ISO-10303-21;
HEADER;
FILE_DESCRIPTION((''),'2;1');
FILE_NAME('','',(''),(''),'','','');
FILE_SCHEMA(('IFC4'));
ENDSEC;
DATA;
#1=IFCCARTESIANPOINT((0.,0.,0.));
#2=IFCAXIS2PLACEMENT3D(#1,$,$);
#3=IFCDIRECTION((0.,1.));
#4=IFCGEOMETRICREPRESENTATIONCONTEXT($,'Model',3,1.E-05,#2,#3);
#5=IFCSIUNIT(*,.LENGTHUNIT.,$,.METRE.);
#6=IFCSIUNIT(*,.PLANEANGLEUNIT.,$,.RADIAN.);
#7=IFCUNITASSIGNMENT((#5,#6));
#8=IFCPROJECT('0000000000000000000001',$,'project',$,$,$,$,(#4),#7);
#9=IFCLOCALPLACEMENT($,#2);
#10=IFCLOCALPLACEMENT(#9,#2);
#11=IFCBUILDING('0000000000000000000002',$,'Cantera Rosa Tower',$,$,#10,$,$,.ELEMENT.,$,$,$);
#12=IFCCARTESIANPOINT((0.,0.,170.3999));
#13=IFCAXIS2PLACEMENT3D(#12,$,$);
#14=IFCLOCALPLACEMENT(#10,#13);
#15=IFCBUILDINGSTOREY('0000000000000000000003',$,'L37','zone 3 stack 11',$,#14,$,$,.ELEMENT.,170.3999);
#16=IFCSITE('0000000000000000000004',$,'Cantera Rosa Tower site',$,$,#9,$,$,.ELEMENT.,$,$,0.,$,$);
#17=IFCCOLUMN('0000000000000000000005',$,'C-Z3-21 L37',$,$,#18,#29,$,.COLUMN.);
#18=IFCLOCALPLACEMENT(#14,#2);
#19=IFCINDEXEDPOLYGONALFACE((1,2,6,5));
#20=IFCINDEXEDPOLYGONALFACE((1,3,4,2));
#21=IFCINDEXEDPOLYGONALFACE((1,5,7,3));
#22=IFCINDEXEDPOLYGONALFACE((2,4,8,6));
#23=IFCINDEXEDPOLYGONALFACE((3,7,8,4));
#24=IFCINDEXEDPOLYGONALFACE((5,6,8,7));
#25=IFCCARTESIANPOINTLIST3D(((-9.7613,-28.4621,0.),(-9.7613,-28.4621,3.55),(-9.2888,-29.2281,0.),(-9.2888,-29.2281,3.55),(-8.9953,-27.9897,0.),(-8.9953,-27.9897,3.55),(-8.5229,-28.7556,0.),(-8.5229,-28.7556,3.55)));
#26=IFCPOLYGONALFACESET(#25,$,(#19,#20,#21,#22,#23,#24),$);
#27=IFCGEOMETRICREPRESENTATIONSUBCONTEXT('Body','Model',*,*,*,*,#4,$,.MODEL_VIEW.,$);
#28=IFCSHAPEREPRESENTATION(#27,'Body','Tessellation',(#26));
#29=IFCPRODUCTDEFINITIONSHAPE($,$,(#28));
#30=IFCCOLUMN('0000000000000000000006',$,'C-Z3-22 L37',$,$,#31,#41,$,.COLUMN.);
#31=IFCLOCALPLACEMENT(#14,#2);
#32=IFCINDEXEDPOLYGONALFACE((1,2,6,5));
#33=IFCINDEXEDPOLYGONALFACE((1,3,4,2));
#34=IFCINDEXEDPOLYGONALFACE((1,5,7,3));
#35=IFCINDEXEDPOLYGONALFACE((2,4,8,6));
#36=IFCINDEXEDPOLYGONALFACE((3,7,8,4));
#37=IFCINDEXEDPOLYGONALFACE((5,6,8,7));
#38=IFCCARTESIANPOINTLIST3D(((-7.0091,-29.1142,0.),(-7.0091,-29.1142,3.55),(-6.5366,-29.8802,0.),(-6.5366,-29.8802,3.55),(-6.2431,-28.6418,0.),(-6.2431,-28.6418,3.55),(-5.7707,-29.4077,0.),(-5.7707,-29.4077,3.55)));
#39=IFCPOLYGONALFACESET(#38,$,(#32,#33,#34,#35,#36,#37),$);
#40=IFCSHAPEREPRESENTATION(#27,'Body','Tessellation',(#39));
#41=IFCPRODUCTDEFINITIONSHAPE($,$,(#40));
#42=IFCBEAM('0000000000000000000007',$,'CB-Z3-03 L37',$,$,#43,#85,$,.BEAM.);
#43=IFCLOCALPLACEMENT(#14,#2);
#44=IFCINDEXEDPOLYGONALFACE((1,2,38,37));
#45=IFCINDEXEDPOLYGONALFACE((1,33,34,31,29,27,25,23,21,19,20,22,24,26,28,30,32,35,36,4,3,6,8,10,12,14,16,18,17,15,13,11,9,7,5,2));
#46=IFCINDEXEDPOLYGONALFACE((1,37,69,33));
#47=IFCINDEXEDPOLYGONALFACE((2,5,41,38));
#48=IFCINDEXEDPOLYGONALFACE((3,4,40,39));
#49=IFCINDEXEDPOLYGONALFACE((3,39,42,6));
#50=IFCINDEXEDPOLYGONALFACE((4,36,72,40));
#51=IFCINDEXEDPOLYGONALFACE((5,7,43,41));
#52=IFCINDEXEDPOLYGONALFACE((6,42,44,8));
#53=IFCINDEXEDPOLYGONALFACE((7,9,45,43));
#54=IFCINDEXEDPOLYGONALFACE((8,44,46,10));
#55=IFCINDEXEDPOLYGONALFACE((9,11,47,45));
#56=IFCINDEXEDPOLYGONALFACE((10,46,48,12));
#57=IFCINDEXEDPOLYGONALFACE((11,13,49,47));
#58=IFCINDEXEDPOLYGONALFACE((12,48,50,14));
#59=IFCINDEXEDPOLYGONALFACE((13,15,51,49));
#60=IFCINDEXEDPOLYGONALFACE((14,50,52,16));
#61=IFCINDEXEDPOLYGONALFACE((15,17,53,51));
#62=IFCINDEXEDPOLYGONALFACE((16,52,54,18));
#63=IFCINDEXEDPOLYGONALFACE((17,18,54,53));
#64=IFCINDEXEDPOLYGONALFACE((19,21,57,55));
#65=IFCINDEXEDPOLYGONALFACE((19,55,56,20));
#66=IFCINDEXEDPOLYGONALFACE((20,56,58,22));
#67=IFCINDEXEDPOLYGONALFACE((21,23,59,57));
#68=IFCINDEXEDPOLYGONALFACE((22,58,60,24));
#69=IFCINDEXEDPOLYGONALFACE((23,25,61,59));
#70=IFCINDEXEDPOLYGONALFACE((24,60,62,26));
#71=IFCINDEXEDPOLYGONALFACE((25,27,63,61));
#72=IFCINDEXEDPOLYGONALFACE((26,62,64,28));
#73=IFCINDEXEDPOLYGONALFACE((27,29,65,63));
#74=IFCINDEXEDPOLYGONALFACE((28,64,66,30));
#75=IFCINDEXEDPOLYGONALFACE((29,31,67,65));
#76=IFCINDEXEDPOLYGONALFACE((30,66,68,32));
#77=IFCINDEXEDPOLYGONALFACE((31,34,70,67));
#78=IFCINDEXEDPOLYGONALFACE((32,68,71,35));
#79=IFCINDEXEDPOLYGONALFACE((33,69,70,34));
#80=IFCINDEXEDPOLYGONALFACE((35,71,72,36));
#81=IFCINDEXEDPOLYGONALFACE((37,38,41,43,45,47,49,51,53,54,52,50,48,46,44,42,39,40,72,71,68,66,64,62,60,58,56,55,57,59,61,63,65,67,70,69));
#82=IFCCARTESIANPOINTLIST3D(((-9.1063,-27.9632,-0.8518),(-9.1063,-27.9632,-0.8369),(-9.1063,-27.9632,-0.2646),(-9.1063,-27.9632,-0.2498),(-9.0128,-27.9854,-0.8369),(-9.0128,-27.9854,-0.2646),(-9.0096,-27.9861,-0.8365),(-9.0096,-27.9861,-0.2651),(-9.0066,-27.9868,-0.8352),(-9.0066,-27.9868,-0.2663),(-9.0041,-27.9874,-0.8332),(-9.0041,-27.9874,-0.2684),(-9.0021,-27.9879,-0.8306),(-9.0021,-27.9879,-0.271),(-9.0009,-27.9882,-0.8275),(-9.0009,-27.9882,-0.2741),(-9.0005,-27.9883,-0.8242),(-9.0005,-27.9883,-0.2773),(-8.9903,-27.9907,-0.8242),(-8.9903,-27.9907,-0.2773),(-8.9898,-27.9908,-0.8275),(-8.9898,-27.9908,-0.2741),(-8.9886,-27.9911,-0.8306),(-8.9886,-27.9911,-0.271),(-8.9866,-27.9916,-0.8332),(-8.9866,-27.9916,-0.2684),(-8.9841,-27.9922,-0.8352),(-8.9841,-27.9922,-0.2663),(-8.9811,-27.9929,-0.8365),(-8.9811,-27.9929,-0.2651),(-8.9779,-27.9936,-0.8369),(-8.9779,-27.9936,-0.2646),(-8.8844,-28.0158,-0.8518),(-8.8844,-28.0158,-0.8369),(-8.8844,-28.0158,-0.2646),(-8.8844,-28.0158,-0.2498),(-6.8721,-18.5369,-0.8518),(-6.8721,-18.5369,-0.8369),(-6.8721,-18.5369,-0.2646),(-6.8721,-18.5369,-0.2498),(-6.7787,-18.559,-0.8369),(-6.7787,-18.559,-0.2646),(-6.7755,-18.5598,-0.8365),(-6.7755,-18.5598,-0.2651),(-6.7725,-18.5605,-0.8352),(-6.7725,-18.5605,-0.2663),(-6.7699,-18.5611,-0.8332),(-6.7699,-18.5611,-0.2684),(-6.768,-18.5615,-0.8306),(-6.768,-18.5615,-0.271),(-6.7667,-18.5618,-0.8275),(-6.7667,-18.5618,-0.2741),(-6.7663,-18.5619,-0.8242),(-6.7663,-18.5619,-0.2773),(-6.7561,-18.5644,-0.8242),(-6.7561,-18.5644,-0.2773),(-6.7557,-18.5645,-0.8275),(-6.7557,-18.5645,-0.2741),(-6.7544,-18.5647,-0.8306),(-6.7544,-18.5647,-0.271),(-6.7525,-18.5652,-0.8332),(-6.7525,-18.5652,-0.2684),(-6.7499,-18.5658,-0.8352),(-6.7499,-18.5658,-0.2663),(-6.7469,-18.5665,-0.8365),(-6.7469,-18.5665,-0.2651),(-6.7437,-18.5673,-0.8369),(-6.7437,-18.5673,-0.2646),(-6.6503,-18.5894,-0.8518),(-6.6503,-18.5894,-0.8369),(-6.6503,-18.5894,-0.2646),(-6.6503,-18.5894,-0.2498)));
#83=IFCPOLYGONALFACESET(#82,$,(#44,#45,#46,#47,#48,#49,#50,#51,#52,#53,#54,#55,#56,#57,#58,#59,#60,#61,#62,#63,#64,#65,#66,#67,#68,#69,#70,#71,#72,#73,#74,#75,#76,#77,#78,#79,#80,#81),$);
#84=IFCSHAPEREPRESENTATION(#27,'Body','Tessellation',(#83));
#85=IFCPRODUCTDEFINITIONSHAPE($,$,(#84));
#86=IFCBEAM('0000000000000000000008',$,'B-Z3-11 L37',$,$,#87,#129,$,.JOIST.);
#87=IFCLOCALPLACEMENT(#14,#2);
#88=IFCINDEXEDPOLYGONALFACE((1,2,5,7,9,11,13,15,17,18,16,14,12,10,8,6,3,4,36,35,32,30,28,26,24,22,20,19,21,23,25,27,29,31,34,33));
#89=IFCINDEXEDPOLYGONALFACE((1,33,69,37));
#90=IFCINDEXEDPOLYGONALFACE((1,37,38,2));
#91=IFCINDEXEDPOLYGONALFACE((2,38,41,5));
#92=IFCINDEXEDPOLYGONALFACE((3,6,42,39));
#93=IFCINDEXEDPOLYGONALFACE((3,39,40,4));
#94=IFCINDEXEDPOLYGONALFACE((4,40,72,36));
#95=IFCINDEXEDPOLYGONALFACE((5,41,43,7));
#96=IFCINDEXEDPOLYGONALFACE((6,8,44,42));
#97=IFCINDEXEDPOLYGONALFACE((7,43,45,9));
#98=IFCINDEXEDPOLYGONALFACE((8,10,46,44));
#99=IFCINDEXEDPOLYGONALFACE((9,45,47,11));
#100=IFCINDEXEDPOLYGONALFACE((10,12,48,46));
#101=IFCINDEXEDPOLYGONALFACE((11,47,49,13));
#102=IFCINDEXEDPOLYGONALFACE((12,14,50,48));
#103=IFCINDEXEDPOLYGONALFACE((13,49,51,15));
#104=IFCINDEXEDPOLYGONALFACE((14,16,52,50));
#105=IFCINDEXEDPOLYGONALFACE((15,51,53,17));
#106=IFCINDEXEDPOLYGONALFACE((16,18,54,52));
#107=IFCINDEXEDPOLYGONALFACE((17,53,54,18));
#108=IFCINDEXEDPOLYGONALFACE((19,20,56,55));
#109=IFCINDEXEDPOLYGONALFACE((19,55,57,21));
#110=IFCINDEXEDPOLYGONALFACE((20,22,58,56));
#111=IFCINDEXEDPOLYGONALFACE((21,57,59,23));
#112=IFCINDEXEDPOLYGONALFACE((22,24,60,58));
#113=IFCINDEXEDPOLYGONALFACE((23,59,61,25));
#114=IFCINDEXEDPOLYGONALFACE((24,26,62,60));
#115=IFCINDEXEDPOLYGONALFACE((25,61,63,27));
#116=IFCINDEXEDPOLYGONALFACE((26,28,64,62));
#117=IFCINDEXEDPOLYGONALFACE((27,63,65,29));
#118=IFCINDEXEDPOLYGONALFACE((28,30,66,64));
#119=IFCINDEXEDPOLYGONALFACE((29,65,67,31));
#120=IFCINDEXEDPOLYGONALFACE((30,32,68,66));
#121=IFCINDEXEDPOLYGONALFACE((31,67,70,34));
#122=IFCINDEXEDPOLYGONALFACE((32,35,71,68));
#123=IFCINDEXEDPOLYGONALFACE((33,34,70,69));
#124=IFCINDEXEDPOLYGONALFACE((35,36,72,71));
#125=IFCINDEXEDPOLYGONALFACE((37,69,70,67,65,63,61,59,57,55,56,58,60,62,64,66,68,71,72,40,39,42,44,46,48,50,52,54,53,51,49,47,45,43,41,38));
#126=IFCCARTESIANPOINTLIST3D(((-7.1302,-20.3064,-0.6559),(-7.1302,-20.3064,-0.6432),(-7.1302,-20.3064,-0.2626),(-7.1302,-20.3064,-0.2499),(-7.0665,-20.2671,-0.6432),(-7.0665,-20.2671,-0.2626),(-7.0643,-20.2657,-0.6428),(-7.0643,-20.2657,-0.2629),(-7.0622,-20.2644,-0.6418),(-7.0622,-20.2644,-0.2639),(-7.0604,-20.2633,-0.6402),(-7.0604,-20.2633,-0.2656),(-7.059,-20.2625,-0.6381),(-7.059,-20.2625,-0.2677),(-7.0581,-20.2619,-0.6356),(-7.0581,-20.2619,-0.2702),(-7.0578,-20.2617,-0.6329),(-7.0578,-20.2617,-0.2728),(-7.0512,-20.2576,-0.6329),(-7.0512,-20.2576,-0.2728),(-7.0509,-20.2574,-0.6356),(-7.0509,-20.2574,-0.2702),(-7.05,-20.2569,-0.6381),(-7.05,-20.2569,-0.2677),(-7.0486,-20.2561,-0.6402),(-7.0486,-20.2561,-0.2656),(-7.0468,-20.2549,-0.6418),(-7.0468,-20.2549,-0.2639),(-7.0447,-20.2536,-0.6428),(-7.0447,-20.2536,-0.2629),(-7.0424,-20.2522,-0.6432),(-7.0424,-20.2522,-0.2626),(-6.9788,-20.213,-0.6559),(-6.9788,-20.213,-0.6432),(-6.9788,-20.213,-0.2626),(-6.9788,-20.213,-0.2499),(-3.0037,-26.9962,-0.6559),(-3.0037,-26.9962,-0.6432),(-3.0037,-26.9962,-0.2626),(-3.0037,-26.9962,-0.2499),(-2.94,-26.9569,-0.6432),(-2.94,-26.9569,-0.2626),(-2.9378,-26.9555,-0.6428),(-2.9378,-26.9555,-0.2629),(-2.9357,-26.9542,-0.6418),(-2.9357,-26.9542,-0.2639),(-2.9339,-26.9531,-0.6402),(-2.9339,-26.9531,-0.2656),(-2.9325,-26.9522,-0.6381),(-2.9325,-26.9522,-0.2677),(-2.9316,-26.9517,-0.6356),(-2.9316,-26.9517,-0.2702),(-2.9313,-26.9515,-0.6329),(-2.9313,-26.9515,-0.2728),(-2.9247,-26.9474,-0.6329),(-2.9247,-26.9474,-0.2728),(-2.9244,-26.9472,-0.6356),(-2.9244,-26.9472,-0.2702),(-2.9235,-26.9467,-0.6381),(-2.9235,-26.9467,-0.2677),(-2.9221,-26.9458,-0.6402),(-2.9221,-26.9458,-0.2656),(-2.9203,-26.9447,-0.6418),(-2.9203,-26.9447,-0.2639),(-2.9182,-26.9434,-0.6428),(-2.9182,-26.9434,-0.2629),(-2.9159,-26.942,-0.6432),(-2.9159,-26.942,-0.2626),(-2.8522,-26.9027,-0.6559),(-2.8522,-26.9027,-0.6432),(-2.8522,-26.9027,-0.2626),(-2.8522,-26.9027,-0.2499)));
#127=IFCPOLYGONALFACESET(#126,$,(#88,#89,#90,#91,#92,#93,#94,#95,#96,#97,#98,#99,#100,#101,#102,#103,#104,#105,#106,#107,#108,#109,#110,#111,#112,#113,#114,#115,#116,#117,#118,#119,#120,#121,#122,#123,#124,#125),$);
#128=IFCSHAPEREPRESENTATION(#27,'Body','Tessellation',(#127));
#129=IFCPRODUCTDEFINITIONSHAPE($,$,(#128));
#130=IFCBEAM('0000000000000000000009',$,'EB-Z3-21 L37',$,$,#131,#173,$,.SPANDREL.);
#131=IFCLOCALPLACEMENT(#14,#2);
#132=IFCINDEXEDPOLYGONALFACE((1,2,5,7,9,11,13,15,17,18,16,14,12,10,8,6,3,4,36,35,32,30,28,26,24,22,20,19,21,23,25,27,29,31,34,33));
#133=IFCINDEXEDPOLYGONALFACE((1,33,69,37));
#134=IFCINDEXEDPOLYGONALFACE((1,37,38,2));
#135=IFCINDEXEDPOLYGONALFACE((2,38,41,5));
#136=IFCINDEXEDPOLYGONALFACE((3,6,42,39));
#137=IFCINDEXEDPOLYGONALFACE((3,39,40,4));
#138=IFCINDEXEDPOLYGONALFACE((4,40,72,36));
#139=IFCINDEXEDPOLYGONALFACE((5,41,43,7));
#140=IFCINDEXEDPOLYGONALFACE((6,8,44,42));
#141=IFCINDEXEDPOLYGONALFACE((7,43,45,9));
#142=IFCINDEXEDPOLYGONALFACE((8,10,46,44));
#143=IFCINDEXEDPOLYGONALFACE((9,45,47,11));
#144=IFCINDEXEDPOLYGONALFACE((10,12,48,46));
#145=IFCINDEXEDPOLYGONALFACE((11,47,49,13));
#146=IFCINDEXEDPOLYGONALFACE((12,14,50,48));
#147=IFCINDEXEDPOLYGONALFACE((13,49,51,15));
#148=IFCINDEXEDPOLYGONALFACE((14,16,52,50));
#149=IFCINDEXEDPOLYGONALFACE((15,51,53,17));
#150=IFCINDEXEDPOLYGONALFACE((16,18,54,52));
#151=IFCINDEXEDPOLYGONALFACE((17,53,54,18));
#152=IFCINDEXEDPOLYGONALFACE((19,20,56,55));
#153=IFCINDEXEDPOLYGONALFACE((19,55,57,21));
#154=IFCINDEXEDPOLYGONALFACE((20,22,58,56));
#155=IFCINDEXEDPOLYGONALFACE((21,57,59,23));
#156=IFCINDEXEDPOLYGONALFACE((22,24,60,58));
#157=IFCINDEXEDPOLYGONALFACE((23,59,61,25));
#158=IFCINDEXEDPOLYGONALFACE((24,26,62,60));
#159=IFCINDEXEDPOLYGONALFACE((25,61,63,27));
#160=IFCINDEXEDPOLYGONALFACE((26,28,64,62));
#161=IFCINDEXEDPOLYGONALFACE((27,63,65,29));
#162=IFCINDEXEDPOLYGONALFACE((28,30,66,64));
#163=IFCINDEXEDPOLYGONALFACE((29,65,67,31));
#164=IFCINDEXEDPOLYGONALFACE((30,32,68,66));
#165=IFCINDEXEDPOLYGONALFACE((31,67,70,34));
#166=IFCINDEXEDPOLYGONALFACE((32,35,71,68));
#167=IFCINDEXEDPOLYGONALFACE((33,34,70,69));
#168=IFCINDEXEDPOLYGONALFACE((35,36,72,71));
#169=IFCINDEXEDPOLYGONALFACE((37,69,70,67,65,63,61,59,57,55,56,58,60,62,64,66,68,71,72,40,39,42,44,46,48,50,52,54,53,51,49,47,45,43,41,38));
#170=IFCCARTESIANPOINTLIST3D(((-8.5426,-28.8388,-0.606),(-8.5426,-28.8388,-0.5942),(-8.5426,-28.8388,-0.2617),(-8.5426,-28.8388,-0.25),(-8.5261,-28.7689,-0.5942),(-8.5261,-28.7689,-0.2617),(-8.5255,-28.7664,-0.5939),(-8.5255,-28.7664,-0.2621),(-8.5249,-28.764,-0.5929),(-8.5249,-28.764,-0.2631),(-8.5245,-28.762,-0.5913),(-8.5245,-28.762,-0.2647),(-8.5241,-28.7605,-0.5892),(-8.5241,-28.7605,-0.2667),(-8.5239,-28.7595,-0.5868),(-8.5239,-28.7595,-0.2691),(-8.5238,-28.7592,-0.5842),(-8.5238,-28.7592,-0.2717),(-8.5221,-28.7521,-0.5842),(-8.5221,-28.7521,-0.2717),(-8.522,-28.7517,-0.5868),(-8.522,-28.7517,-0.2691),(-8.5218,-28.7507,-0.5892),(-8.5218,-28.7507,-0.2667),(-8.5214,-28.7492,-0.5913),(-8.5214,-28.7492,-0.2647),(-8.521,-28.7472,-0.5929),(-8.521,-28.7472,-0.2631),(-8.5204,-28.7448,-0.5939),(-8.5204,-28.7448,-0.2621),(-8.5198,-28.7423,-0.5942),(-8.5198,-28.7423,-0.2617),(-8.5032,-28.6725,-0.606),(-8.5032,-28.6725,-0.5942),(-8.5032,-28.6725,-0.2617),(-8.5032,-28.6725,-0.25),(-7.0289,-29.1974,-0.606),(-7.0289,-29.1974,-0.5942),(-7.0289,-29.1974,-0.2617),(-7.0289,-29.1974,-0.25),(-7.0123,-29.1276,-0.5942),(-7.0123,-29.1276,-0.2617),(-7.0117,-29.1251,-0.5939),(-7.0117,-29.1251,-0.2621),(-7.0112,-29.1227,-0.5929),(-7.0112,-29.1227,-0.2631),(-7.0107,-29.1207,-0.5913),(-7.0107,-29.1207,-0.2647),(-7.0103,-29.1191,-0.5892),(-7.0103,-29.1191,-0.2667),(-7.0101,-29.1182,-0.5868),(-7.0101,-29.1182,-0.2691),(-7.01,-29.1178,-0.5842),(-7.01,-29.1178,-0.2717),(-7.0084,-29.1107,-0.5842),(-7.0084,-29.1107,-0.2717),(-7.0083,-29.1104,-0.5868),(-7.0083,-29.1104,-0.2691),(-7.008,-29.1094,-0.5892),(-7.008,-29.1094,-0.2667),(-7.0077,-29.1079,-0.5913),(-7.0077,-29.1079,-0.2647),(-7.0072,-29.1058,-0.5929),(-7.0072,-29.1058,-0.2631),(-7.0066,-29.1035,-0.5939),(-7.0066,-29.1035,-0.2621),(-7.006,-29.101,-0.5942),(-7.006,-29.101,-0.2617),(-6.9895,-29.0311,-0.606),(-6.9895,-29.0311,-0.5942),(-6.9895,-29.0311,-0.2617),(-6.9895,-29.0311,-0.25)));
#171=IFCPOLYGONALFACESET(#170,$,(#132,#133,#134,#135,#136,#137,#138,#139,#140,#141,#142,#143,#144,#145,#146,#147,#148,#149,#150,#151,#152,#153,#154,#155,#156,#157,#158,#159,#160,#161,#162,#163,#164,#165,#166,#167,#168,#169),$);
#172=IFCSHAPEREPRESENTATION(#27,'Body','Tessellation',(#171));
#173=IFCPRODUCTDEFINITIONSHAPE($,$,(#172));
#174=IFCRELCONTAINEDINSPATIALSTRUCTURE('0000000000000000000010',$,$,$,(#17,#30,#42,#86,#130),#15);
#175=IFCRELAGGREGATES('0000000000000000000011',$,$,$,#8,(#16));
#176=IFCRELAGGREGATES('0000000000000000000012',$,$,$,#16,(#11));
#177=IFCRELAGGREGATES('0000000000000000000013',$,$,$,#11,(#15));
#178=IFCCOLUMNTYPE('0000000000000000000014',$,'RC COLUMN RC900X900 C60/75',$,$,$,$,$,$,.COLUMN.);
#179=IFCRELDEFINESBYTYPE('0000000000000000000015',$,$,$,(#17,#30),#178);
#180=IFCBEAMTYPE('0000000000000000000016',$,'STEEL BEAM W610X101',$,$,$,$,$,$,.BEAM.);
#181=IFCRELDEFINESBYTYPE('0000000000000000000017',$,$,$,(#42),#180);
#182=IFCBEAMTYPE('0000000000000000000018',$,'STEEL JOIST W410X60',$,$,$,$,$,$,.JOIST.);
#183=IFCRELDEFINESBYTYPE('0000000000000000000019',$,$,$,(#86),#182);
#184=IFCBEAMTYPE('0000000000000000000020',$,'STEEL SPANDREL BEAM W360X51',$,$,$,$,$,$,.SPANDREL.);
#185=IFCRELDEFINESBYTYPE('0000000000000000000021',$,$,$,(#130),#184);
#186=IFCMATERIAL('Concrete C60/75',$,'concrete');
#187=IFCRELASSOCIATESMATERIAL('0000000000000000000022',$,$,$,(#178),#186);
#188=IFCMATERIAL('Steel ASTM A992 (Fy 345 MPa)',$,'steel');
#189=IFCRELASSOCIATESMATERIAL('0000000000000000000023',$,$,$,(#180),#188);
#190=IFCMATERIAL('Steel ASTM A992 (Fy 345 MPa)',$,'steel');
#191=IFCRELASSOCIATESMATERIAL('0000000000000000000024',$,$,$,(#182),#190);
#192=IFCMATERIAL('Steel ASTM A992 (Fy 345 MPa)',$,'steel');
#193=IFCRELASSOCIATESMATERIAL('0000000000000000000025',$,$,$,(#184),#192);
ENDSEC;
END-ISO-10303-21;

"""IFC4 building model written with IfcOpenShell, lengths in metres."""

from ifc_helpers import new_model, si_unit, direction, frame, origin, origin_2d, place, context, subcontext, project, spatial, rectangle, i_section, extrude, material, material_profile, profile_set, type_object, element, save


model = new_model("IFC4")

# Units and contexts
model_context = context("Model", 3, precision=1e-05, world=origin(), true_north=direction((0.0, 1.0)))
body_context = subcontext(model_context, "Body", "Model", "MODEL_VIEW")
ifc_project = project(units=[si_unit("LENGTHUNIT", "METRE"), si_unit("PLANEANGLEUNIT", "RADIAN")], contexts=[model_context])

# Site, building, storey
site_placement = place(None, origin())
site = spatial("IfcSite", under=ifc_project, at=site_placement, Name="Cantera Rosa Tower site", CompositionType="ELEMENT", RefElevation=0.0)
building_placement = place(site_placement, origin())
building = spatial("IfcBuilding", under=site, at=building_placement, Name="Cantera Rosa Tower", CompositionType="ELEMENT")
storey_placement = place(building_placement, frame((0.0, 0.0, 170.3999)))
storey = spatial("IfcBuildingStorey", under=building, at=storey_placement, Name="L37", Description="zone 3 stack 11", CompositionType="ELEMENT", Elevation=170.3999)

# Columns
ifc_material_1 = material(Name="Concrete C60/75", Category="concrete")
ifc_material_profile_1 = material_profile(ifc_material_1, rectangle(XDim=0.8999, YDim=0.8999, at=origin_2d()), Name="RC COLUMN RC900X900 C60/75")
ifc_profile_set_1 = profile_set([ifc_material_profile_1], Name="Concrete C60/75")
column_type = type_object("IfcColumnType", Name="RC COLUMN RC900X900 C60/75", PredefinedType="COLUMN", material=ifc_profile_set_1)
for number, where, z_axis, x_axis, name in (
    (1, (-9.1421, -28.6089, 0.0), (0.0, 0.0, 1.0), (0.851117, 0.524977, 0.0), "C-Z3-21 L37"),
    (2, (-6.3899, -29.261, 0.0), (0.0, 0.0, 1.0), (0.851117, 0.524977, 0.0), "C-Z3-22 L37"),
):
    element("IfcColumn", number, at=place(storey_placement, frame(where, z_axis=z_axis, x_axis=x_axis)), inside=storey, type_object=column_type, Name=name, PredefinedType="COLUMN", context=body_context, shape_type="SweptSolid", body=[
        extrude(rectangle(XDim=0.8999, YDim=0.8999, at=origin_2d()), origin(), (0.0, 0.0, 1.0), 3.55),
    ])

# Beams
ifc_material_2 = material(Name="Steel ASTM A992 (Fy 345 MPa)", Category="steel")
ifc_material_profile_2 = material_profile(ifc_material_2, i_section(OverallWidth=0.228, OverallDepth=0.6021, WebThickness=0.0105, FlangeThickness=0.0149, FilletRadius=0.0127, at=origin_2d()), Name="W610X101")
ifc_profile_set_2 = profile_set([ifc_material_profile_2], Name="Steel ASTM A992 (Fy 345 MPa)")
beam_type_1 = type_object("IfcBeamType", Name="STEEL BEAM W610X101", PredefinedType="BEAM", material=ifc_profile_set_2)
beam_1_placement = place(storey_placement, frame((-8.9954, -27.9895, -0.5508), z_axis=(0.230622, 0.973043, 0.0), x_axis=(-0.973043, 0.230622, 0.0)))
element("IfcBeam", 3, at=beam_1_placement, inside=storey, type_object=beam_type_1, Name="CB-Z3-03 L37", PredefinedType="BEAM", context=body_context, shape_type="SweptSolid", body=[
    extrude(i_section(OverallWidth=0.228, OverallDepth=0.6021, WebThickness=0.0105, FlangeThickness=0.0149, FilletRadius=0.0127, at=origin_2d()), origin(), (0.0, 0.0, 1.0), 9.6875),
])
ifc_material_3 = material(Name="Steel ASTM A992 (Fy 345 MPa)", Category="steel")
ifc_material_profile_3 = material_profile(ifc_material_3, i_section(OverallWidth=0.178, OverallDepth=0.406, WebThickness=0.0078, FlangeThickness=0.0127, FilletRadius=0.0103, at=origin_2d()), Name="W410X60")
ifc_profile_set_3 = profile_set([ifc_material_profile_3], Name="Steel ASTM A992 (Fy 345 MPa)")
beam_type_2 = type_object("IfcBeamType", Name="STEEL JOIST W410X60", PredefinedType="JOIST", material=ifc_profile_set_3)
beam_2_placement = place(storey_placement, frame((-2.928, -26.9495, -0.4529), z_axis=(-0.524995, 0.851105, 0.0), x_axis=(-0.851105, -0.524995, 0.0)))
element("IfcBeam", 4, at=beam_2_placement, inside=storey, type_object=beam_type_2, Name="B-Z3-11 L37", PredefinedType="JOIST", context=body_context, shape_type="SweptSolid", body=[
    extrude(i_section(OverallWidth=0.178, OverallDepth=0.406, WebThickness=0.0078, FlangeThickness=0.0127, FilletRadius=0.0103, at=origin_2d()), origin(), (0.0, 0.0, 1.0), 7.8601),
])
ifc_material_4 = material(Name="Steel ASTM A992 (Fy 345 MPa)", Category="steel")
ifc_material_profile_4 = material_profile(ifc_material_4, i_section(OverallWidth=0.1709, OverallDepth=0.356, WebThickness=0.0073, FlangeThickness=0.0117, FilletRadius=0.01, at=origin_2d()), Name="W360X51")
ifc_profile_set_4 = profile_set([ifc_material_profile_4], Name="Steel ASTM A992 (Fy 345 MPa)")
beam_type_3 = type_object("IfcBeamType", Name="STEEL SPANDREL BEAM W360X51", PredefinedType="SPANDREL", material=ifc_profile_set_4)
beam_3_placement = place(storey_placement, frame((-8.5229, -28.7556, -0.428), z_axis=(0.97306, -0.230552, 0.0), x_axis=(0.230552, 0.97306, 0.0)))
element("IfcBeam", 5, at=beam_3_placement, inside=storey, type_object=beam_type_3, Name="EB-Z3-21 L37", PredefinedType="SPANDREL", context=body_context, shape_type="SweptSolid", body=[
    extrude(i_section(OverallWidth=0.1709, OverallDepth=0.356, WebThickness=0.0073, FlangeThickness=0.0117, FilletRadius=0.01, at=origin_2d()), origin(), (0.0, 0.0, 1.0), 1.5557),
])

save(model, "model.ifc")
